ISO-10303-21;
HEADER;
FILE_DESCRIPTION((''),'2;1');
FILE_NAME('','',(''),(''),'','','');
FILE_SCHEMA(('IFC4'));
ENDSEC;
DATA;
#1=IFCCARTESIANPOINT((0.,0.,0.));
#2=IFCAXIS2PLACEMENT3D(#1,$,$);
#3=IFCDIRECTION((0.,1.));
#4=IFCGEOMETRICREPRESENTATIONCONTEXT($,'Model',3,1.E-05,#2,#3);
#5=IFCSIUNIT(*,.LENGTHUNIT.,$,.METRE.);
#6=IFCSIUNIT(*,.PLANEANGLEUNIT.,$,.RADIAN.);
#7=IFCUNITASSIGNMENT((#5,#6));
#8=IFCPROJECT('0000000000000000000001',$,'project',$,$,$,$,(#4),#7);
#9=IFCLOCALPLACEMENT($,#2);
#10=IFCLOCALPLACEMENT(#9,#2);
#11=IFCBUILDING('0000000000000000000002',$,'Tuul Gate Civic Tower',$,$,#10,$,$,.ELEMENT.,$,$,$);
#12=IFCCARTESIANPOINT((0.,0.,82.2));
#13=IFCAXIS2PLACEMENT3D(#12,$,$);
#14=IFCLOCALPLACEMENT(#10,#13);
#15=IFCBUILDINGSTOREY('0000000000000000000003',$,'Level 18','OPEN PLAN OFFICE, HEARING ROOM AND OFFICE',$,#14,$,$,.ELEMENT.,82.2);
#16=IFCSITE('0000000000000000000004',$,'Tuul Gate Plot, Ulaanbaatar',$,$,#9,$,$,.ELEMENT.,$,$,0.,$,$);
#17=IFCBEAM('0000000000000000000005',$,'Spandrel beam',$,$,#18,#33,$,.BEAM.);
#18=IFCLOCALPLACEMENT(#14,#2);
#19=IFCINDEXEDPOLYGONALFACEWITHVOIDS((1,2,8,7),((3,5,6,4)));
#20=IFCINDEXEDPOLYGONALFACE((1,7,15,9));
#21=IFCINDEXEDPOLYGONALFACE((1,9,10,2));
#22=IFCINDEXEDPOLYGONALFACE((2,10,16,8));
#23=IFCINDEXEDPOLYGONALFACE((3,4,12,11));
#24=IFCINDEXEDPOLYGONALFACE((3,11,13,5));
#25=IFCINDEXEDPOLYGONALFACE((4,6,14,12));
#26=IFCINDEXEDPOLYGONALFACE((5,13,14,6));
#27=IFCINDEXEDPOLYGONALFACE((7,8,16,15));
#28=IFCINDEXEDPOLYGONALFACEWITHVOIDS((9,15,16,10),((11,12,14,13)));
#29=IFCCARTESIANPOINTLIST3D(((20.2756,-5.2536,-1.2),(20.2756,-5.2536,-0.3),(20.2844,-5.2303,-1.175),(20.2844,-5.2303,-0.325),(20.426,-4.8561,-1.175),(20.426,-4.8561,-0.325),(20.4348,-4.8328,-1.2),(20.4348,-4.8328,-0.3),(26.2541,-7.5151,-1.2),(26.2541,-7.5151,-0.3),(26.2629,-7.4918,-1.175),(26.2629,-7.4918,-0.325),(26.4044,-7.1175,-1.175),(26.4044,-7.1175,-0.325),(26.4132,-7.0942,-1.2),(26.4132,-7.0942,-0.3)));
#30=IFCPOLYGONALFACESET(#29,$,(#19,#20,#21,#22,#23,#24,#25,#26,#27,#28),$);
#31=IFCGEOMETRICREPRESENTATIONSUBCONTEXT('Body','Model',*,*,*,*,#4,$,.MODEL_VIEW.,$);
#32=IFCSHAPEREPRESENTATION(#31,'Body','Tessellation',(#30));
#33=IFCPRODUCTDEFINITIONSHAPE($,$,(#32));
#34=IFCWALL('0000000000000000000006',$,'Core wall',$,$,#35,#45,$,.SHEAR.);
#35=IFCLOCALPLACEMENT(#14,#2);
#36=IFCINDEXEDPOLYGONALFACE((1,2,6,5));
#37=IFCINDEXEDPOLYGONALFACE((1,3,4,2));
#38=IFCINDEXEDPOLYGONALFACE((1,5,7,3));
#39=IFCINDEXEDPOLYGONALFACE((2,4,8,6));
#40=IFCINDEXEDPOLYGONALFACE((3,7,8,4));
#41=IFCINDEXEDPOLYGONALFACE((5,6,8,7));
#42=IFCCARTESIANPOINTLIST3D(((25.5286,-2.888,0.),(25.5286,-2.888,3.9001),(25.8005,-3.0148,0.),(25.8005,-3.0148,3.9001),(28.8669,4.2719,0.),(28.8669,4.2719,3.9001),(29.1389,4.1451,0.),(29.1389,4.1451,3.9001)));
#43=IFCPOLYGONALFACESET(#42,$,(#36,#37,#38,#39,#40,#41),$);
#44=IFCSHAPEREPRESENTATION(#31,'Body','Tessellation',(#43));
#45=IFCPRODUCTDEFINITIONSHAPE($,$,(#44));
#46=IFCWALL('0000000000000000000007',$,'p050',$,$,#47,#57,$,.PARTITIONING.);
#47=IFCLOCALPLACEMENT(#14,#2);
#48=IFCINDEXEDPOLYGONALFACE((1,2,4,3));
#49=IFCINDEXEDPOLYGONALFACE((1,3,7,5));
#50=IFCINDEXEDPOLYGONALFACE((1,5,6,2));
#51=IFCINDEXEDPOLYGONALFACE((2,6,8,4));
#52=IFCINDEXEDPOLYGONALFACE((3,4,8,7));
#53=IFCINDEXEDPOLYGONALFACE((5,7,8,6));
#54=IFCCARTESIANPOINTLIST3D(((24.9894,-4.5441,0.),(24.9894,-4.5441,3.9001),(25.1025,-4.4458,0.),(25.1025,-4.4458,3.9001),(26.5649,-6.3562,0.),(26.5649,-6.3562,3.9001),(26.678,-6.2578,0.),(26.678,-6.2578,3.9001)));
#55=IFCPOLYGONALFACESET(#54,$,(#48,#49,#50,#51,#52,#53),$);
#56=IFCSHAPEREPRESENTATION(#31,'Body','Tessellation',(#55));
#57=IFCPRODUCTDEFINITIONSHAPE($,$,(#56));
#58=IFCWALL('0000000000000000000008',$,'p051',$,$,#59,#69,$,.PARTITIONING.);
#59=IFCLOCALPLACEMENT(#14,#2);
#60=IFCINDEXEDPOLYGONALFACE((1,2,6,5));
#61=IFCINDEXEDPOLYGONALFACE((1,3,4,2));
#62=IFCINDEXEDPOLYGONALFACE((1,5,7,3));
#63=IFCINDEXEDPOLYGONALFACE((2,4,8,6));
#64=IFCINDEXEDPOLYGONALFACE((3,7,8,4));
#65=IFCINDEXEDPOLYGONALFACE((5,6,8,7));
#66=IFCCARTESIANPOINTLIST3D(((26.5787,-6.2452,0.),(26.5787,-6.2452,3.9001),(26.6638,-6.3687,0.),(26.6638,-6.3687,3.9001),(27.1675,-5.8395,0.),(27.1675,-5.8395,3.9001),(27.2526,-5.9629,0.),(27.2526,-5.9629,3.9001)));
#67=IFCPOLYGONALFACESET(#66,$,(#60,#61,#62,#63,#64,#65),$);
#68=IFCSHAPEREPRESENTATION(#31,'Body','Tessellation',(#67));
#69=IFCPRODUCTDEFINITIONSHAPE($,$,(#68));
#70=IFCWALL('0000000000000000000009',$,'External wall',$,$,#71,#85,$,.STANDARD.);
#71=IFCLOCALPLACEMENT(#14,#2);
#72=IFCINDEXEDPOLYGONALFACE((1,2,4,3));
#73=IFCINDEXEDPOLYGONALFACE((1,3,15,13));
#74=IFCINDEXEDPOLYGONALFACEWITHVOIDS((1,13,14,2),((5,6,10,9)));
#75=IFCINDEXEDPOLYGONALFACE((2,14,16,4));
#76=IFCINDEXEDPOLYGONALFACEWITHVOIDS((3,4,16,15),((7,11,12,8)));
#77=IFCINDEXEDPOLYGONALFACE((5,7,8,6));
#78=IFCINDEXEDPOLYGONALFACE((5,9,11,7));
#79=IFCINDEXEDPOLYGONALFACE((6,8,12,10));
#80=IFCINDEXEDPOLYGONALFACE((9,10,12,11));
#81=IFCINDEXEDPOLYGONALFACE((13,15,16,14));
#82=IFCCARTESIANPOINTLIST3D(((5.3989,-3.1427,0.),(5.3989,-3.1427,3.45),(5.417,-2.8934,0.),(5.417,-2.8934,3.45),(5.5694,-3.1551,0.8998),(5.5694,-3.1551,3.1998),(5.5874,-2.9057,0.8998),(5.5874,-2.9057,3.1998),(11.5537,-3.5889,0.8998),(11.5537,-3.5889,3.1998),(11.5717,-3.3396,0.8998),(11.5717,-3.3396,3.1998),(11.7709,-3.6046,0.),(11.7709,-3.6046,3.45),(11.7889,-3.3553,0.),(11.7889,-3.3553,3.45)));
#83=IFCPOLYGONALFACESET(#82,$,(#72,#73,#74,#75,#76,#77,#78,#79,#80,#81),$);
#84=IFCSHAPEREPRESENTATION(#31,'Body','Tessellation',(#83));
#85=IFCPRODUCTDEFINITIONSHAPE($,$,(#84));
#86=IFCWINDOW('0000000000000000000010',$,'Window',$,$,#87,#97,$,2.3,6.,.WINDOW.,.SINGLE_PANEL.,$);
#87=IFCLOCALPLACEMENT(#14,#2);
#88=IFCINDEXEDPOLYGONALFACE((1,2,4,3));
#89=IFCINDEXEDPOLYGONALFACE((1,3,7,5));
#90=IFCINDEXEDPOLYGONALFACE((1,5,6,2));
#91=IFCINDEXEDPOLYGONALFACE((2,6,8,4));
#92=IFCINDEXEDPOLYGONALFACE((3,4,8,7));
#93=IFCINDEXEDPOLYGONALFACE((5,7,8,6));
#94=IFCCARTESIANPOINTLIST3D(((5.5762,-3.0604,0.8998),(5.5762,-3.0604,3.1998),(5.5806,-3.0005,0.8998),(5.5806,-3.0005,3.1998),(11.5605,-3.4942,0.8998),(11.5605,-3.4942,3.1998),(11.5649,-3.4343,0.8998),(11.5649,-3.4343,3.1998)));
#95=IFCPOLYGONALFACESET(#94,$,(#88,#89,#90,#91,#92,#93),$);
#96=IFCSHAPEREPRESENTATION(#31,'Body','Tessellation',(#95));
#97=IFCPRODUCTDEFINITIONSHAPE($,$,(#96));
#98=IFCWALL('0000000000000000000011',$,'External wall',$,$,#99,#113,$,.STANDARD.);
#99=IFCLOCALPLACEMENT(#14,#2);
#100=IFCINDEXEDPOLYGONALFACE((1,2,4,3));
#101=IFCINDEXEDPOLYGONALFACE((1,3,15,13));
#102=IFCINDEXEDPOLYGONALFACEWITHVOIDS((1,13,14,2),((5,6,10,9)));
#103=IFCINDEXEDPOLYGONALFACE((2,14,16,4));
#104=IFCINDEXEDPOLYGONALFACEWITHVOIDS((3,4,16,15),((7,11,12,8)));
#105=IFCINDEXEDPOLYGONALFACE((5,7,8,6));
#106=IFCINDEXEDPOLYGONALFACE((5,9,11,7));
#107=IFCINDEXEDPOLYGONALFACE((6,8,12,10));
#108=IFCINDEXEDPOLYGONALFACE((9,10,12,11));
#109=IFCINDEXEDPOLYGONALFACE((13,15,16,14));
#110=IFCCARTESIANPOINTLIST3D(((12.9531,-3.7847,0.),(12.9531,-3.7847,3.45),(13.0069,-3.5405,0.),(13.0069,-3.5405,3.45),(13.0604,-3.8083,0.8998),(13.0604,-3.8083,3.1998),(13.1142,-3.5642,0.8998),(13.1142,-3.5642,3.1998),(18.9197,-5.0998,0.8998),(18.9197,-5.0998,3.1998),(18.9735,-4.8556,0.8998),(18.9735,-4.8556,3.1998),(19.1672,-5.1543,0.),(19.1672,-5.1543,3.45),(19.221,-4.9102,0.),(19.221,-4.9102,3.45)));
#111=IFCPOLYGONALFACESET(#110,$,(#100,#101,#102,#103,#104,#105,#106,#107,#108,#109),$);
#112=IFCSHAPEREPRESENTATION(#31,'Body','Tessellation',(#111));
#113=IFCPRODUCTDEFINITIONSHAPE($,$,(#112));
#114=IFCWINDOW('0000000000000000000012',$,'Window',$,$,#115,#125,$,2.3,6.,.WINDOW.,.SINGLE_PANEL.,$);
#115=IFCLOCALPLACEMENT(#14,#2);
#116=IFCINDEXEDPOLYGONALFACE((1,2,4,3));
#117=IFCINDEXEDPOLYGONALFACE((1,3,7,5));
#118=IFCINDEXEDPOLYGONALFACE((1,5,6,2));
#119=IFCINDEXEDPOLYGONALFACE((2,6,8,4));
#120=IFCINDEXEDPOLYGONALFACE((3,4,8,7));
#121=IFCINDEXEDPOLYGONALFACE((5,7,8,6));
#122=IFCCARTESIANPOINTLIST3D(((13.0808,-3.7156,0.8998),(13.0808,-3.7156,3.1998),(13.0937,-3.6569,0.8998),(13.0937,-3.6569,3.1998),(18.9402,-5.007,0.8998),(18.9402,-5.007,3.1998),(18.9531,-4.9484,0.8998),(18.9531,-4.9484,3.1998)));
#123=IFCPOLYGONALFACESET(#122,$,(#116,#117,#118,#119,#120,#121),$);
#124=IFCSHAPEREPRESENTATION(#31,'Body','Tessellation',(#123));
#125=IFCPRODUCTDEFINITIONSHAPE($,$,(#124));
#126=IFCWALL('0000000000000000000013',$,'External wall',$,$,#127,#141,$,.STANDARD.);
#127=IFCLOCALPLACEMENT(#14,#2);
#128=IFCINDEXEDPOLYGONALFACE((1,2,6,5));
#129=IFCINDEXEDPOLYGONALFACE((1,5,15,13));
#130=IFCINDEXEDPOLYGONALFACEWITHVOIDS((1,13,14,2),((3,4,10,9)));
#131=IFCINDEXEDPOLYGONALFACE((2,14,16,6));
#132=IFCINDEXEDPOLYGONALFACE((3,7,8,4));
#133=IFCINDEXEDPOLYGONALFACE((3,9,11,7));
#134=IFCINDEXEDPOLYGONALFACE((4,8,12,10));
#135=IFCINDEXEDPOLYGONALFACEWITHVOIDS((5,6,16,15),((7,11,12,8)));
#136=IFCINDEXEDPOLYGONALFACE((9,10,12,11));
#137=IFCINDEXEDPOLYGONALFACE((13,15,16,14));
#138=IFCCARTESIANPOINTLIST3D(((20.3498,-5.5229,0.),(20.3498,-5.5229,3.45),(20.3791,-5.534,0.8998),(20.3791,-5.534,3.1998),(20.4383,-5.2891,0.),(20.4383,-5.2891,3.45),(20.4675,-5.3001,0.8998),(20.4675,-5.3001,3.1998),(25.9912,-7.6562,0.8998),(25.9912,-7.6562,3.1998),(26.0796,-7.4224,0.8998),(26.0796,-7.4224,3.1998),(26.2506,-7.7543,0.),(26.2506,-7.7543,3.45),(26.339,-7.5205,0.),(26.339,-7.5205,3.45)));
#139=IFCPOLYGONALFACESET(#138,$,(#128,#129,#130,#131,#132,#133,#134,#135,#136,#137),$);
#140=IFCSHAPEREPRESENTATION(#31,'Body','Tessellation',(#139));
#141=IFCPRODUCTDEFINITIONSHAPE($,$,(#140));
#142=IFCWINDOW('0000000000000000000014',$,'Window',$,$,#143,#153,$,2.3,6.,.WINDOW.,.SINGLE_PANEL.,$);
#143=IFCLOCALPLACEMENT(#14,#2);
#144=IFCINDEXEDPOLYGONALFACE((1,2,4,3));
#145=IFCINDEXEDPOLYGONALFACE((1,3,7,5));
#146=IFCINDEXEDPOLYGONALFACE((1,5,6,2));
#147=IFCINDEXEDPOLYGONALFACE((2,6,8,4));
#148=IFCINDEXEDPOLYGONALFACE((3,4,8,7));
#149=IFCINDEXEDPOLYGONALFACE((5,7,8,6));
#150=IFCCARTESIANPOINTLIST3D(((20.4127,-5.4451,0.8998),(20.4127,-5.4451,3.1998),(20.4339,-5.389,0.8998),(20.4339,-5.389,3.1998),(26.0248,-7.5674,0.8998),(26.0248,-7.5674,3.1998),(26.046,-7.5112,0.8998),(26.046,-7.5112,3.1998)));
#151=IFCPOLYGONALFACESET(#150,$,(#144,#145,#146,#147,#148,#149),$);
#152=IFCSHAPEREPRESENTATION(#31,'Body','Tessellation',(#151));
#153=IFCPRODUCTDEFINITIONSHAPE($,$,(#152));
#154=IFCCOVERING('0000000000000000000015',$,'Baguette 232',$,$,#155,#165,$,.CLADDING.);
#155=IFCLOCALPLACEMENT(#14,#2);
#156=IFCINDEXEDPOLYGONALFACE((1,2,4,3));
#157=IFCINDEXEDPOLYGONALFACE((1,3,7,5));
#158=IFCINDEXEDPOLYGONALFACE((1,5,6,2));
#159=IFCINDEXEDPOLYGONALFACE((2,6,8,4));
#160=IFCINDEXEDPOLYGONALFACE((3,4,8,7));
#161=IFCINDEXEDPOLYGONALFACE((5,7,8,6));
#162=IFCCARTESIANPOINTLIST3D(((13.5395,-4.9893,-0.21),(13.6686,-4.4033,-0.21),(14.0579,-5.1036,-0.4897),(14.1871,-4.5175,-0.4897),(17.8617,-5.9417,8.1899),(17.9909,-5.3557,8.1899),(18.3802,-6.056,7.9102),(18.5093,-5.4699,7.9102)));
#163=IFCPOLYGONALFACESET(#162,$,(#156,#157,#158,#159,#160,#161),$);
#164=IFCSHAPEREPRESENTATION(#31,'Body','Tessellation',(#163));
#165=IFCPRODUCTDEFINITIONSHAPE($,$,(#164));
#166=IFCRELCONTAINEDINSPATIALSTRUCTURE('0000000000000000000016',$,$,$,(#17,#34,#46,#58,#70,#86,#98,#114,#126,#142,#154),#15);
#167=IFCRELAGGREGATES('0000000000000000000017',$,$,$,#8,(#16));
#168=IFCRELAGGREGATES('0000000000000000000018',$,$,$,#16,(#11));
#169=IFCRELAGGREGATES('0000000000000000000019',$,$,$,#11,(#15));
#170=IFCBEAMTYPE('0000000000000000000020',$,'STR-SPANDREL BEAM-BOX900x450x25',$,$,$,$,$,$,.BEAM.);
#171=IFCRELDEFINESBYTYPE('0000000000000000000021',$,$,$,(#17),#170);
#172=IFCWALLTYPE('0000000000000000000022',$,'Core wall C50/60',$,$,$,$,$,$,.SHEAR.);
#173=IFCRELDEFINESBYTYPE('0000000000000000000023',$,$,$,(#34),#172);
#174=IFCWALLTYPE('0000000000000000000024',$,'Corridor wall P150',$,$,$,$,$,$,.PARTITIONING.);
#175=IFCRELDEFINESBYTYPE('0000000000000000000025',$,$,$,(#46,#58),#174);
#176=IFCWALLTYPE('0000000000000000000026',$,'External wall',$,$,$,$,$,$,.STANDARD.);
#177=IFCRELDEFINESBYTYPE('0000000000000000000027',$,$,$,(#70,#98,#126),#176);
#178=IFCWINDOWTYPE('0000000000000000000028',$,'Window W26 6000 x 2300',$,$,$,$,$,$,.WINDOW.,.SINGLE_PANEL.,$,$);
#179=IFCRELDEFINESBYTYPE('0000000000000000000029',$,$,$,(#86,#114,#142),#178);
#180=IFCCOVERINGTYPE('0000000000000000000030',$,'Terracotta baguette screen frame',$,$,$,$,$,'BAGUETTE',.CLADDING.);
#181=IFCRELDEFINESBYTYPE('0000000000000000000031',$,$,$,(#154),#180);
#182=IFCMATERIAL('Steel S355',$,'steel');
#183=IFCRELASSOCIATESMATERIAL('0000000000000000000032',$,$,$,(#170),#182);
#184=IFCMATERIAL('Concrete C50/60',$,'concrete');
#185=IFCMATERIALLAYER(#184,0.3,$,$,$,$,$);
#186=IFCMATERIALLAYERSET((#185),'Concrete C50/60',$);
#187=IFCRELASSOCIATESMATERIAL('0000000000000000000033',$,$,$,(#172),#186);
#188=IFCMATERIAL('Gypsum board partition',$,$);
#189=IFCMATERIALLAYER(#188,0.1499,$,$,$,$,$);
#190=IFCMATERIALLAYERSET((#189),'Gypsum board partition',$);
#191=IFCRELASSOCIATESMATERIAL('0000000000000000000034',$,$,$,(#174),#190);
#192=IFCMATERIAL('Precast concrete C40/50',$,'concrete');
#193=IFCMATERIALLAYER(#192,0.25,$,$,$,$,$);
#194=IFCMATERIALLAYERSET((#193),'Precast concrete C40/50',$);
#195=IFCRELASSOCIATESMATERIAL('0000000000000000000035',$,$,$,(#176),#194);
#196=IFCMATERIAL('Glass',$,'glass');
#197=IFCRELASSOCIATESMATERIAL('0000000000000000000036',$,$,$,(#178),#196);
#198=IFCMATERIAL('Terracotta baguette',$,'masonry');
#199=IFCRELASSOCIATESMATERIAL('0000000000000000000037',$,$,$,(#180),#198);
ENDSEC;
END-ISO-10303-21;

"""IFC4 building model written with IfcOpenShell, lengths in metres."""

from ifc_helpers import new_model, si_unit, direction, frame, frame_2d, origin, origin_2d, place, context, subcontext, project, spatial, rectangle, hollow_rectangle, extrude, material, layer, layer_set, material_profile, profile_set, type_object, element, fill, save


model = new_model("IFC4")

# Units and contexts
model_context = context("Model", 3, precision=1e-05, world=origin(), true_north=direction((0.0, 1.0)))
body_context = subcontext(model_context, "Body", "Model", "MODEL_VIEW")
ifc_project = project(units=[si_unit("LENGTHUNIT", "METRE"), si_unit("PLANEANGLEUNIT", "RADIAN")], contexts=[model_context])

# Site, building, storey
site_placement = place(None, origin())
site = spatial("IfcSite", under=ifc_project, at=site_placement, Name="Tuul Gate Plot, Ulaanbaatar", CompositionType="ELEMENT", RefElevation=0.0)
building_placement = place(site_placement, origin())
building = spatial("IfcBuilding", under=site, at=building_placement, Name="Tuul Gate Civic Tower", CompositionType="ELEMENT")
storey_placement = place(building_placement, frame((0.0, 0.0, 82.2)))
storey = spatial("IfcBuildingStorey", under=building, at=storey_placement, Name="Level 18", Description="OPEN PLAN OFFICE, HEARING ROOM AND OFFICE", CompositionType="ELEMENT", Elevation=82.2)

# Beam
ifc_material_1 = material(Name="Steel S355", Category="steel")
ifc_material_profile_1 = material_profile(ifc_material_1, hollow_rectangle(XDim=0.45, YDim=0.8999, WallThickness=0.0249, at=origin_2d()), Name="BOX900x450x25")
ifc_profile_set_1 = profile_set([ifc_material_profile_1], Name="Steel S355")
beam_type_1 = type_object("IfcBeamType", Name="STR-SPANDREL BEAM-BOX900x450x25", PredefinedType="BEAM", material=ifc_profile_set_1)
beam_1_placement = place(storey_placement, frame((20.3552, -5.0432, -0.75), z_axis=(0.935321, -0.353801, 0.0), x_axis=(0.353801, 0.935321, 0.0)))
element("IfcBeam", 1, at=beam_1_placement, inside=storey, type_object=beam_type_1, Name="Spandrel beam", PredefinedType="BEAM", context=body_context, shape_type="SweptSolid", body=[
    extrude(hollow_rectangle(XDim=0.45, YDim=0.8999, WallThickness=0.0249, at=origin_2d()), origin(), (0.0, 0.0, 1.0), 6.3918),
])

# Walls
ifc_material_2 = material(Name="Concrete C50/60", Category="concrete")
ifc_layer_1 = layer(ifc_material_2, 0.3)
ifc_layer_set_1 = layer_set([ifc_layer_1], Name="Concrete C50/60")
wall_type_1 = type_object("IfcWallType", Name="Core wall C50/60", PredefinedType="SHEAR", material=ifc_layer_set_1)
wall_1_placement = place(storey_placement, frame((25.6646, -2.9514, 0.0), z_axis=(0.0, 0.0, 1.0), x_axis=(0.422583, 0.906324, 0.0)))
element("IfcWall", 2, at=wall_1_placement, inside=storey, type_object=wall_type_1, Name="Core wall", PredefinedType="SHEAR", context=body_context, shape_type="SweptSolid", body=[
    extrude(rectangle(XDim=7.8999, YDim=0.3, at=frame_2d((3.95, 0.0))), origin(), (0.0, 0.0, 1.0), 3.9001),
])
ifc_material_3 = material(Name="Gypsum board partition")
ifc_layer_2 = layer(ifc_material_3, 0.1499)
ifc_layer_set_2 = layer_set([ifc_layer_2], Name="Gypsum board partition")
wall_type_2 = type_object("IfcWallType", Name="Corridor wall P150", PredefinedType="PARTITIONING", material=ifc_layer_set_2)
wall_2_placement = place(storey_placement, frame((25.0459, -4.4949, 0.0), z_axis=(0.0, 0.0, 1.0), x_axis=(0.656126, -0.754651, 0.0)))
element("IfcWall", 3, at=wall_2_placement, inside=storey, type_object=wall_type_2, Name="p050", PredefinedType="PARTITIONING", context=body_context, shape_type="SweptSolid", body=[
    extrude(rectangle(XDim=2.4011, YDim=0.1499, at=frame_2d((1.2007, 0.0))), origin(), (0.0, 0.0, 1.0), 3.9001),
])
wall_3_placement = place(storey_placement, frame((26.6213, -6.3069, 0.0), z_axis=(0.0, 0.0, 1.0), x_axis=(0.823444, 0.567398, 0.0)))
element("IfcWall", 4, at=wall_3_placement, inside=storey, type_object=wall_type_2, Name="p051", PredefinedType="PARTITIONING", context=body_context, shape_type="SweptSolid", body=[
    extrude(rectangle(XDim=0.7151, YDim=0.1499, at=frame_2d((0.3574, 0.0))), origin(), (0.0, 0.0, 1.0), 3.9001),
])

# Walls, openings, windows
ifc_material_4 = material(Name="Precast concrete C40/50", Category="concrete")
ifc_layer_3 = layer(ifc_material_4, 0.25)
ifc_layer_set_3 = layer_set([ifc_layer_3], Name="Precast concrete C40/50")
wall_type_3 = type_object("IfcWallType", Name="External wall", PredefinedType="STANDARD", material=ifc_layer_set_3)
wall_4_placement = place(storey_placement, frame((5.408, -3.0181, 0.0), z_axis=(0.0, 0.0, 1.0), x_axis=(0.997383, -0.072301, 0.0)))
wall_4 = element("IfcWall", 5, at=wall_4_placement, inside=storey, type_object=wall_type_3, Name="External wall", PredefinedType="STANDARD", context=body_context, shape_type="SweptSolid", body=[
    extrude(rectangle(XDim=6.3887, YDim=0.25, at=frame_2d((3.1943, 0.0))), origin(), (0.0, 0.0, 1.0), 3.45),
])
opening_1_placement = place(wall_4_placement, frame((0.1709, 0.0, 0.8999)))
opening_1 = element("IfcOpeningElement", 6, at=opening_1_placement, cuts=wall_4, PredefinedType="OPENING", context=body_context, shape_type="SweptSolid", body=[
    extrude(rectangle(XDim=6.0, YDim=2.3, at=frame_2d((3.0, 1.1499))), frame((0.0, 0.135, 0.0), z_axis=(0.0, -1.0, 0.0), x_axis=(1.0, 0.0, 0.0)), (0.0, 0.0, 1.0), 0.27),
])
ifc_material_5 = material(Name="Glass", Category="glass")
window_type = type_object("IfcWindowType", Name="Window W26 6000 x 2300", PartitioningType="SINGLE_PANEL", PredefinedType="WINDOW", material=ifc_material_5)
window_1_placement = place(opening_1_placement, origin())
window_1 = element("IfcWindow", 7, at=window_1_placement, inside=storey, type_object=window_type, Name="Window", OverallHeight=2.3, OverallWidth=6.0, PartitioningType="SINGLE_PANEL", PredefinedType="WINDOW", context=body_context, shape_type="SweptSolid", body=[
    extrude(rectangle(XDim=6.0, YDim=2.3, at=frame_2d((3.0, 1.1499))), frame((0.0, 0.03, 0.0), z_axis=(0.0, -1.0, 0.0), x_axis=(1.0, 0.0, 0.0)), (0.0, 0.0, 1.0), 0.0601),
])
fill(opening_1, window_1)
wall_5_placement = place(storey_placement, frame((12.98, -3.6626, 0.0), z_axis=(0.0, 0.0, 1.0), x_axis=(0.976561, -0.21524, 0.0)))
wall_5 = element("IfcWall", 8, at=wall_5_placement, inside=storey, type_object=wall_type_3, Name="External wall", PredefinedType="STANDARD", context=body_context, shape_type="SweptSolid", body=[
    extrude(rectangle(XDim=6.3633, YDim=0.25, at=frame_2d((3.1816, 0.0))), origin(), (0.0, 0.0, 1.0), 3.45),
])
opening_2_placement = place(wall_5_placement, frame((0.1099, 0.0, 0.8999)))
opening_2 = element("IfcOpeningElement", 9, at=opening_2_placement, cuts=wall_5, PredefinedType="OPENING", context=body_context, shape_type="SweptSolid", body=[
    extrude(rectangle(XDim=6.0, YDim=2.3, at=frame_2d((3.0, 1.1499))), frame((0.0, 0.135, 0.0), z_axis=(0.0, -1.0, 0.0), x_axis=(1.0, 0.0, 0.0)), (0.0, 0.0, 1.0), 0.27),
])
window_2_placement = place(opening_2_placement, origin())
window_2 = element("IfcWindow", 10, at=window_2_placement, inside=storey, type_object=window_type, Name="Window", OverallHeight=2.3, OverallWidth=6.0, PartitioningType="SINGLE_PANEL", PredefinedType="WINDOW", context=body_context, shape_type="SweptSolid", body=[
    extrude(rectangle(XDim=6.0, YDim=2.3, at=frame_2d((3.0, 1.1499))), frame((0.0, 0.03, 0.0), z_axis=(0.0, -1.0, 0.0), x_axis=(1.0, 0.0, 0.0)), (0.0, 0.0, 1.0), 0.0601),
])
fill(opening_2, window_2)
wall_6_placement = place(storey_placement, frame((20.394, -5.406, 0.0), z_axis=(0.0, 0.0, 1.0), x_axis=(0.935355, -0.353709, 0.0)))
wall_6 = element("IfcWall", 11, at=wall_6_placement, inside=storey, type_object=wall_type_3, Name="External wall", PredefinedType="STANDARD", context=body_context, shape_type="SweptSolid", body=[
    extrude(rectangle(XDim=6.3086, YDim=0.25, at=frame_2d((3.1543, 0.0))), origin(), (0.0, 0.0, 1.0), 3.45),
])
opening_3_placement = place(wall_6_placement, frame((0.0312, 0.0, 0.8999)))
opening_3 = element("IfcOpeningElement", 12, at=opening_3_placement, cuts=wall_6, PredefinedType="OPENING", context=body_context, shape_type="SweptSolid", body=[
    extrude(rectangle(XDim=6.0, YDim=2.3, at=frame_2d((3.0, 1.1499))), frame((0.0, 0.135, 0.0), z_axis=(0.0, -1.0, 0.0), x_axis=(1.0, 0.0, 0.0)), (0.0, 0.0, 1.0), 0.27),
])
window_3_placement = place(opening_3_placement, origin())
window_3 = element("IfcWindow", 13, at=window_3_placement, inside=storey, type_object=window_type, Name="Window", OverallHeight=2.3, OverallWidth=6.0, PartitioningType="SINGLE_PANEL", PredefinedType="WINDOW", context=body_context, shape_type="SweptSolid", body=[
    extrude(rectangle(XDim=6.0, YDim=2.3, at=frame_2d((3.0, 1.1499))), frame((0.0, 0.03, 0.0), z_axis=(0.0, -1.0, 0.0), x_axis=(1.0, 0.0, 0.0)), (0.0, 0.0, 1.0), 0.0601),
])
fill(opening_3, window_3)

# Covering
ifc_material_6 = material(Name="Terracotta baguette", Category="masonry")
ifc_material_profile_2 = material_profile(ifc_material_6, rectangle(XDim=0.6001, YDim=0.6001, at=origin_2d()), Name="Terracotta baguette screen frame")
ifc_profile_set_2 = profile_set([ifc_material_profile_2], Name="Terracotta baguette")
covering_type = type_object("IfcCoveringType", Name="Terracotta baguette screen frame", ElementType="BAGUETTE", PredefinedType="CLADDING", material=ifc_profile_set_2)
for number, where, z_axis, x_axis, name in (
    (14, (18.1855, -5.7058, 8.05), (-0.455234, 0.100309, -0.884703), (-0.215184, -0.976574, 0.0), "Baguette 232"),
):
    element("IfcCovering", number, at=place(storey_placement, frame(where, z_axis=z_axis, x_axis=x_axis)), inside=storey, type_object=covering_type, Name=name, PredefinedType="CLADDING", context=body_context, shape_type="SweptSolid", body=[
        extrude(rectangle(XDim=0.6001, YDim=0.6001, at=origin_2d()), origin(), (0.0, 0.0, 1.0), 9.4946),
    ])

save(model, "model.ifc")
